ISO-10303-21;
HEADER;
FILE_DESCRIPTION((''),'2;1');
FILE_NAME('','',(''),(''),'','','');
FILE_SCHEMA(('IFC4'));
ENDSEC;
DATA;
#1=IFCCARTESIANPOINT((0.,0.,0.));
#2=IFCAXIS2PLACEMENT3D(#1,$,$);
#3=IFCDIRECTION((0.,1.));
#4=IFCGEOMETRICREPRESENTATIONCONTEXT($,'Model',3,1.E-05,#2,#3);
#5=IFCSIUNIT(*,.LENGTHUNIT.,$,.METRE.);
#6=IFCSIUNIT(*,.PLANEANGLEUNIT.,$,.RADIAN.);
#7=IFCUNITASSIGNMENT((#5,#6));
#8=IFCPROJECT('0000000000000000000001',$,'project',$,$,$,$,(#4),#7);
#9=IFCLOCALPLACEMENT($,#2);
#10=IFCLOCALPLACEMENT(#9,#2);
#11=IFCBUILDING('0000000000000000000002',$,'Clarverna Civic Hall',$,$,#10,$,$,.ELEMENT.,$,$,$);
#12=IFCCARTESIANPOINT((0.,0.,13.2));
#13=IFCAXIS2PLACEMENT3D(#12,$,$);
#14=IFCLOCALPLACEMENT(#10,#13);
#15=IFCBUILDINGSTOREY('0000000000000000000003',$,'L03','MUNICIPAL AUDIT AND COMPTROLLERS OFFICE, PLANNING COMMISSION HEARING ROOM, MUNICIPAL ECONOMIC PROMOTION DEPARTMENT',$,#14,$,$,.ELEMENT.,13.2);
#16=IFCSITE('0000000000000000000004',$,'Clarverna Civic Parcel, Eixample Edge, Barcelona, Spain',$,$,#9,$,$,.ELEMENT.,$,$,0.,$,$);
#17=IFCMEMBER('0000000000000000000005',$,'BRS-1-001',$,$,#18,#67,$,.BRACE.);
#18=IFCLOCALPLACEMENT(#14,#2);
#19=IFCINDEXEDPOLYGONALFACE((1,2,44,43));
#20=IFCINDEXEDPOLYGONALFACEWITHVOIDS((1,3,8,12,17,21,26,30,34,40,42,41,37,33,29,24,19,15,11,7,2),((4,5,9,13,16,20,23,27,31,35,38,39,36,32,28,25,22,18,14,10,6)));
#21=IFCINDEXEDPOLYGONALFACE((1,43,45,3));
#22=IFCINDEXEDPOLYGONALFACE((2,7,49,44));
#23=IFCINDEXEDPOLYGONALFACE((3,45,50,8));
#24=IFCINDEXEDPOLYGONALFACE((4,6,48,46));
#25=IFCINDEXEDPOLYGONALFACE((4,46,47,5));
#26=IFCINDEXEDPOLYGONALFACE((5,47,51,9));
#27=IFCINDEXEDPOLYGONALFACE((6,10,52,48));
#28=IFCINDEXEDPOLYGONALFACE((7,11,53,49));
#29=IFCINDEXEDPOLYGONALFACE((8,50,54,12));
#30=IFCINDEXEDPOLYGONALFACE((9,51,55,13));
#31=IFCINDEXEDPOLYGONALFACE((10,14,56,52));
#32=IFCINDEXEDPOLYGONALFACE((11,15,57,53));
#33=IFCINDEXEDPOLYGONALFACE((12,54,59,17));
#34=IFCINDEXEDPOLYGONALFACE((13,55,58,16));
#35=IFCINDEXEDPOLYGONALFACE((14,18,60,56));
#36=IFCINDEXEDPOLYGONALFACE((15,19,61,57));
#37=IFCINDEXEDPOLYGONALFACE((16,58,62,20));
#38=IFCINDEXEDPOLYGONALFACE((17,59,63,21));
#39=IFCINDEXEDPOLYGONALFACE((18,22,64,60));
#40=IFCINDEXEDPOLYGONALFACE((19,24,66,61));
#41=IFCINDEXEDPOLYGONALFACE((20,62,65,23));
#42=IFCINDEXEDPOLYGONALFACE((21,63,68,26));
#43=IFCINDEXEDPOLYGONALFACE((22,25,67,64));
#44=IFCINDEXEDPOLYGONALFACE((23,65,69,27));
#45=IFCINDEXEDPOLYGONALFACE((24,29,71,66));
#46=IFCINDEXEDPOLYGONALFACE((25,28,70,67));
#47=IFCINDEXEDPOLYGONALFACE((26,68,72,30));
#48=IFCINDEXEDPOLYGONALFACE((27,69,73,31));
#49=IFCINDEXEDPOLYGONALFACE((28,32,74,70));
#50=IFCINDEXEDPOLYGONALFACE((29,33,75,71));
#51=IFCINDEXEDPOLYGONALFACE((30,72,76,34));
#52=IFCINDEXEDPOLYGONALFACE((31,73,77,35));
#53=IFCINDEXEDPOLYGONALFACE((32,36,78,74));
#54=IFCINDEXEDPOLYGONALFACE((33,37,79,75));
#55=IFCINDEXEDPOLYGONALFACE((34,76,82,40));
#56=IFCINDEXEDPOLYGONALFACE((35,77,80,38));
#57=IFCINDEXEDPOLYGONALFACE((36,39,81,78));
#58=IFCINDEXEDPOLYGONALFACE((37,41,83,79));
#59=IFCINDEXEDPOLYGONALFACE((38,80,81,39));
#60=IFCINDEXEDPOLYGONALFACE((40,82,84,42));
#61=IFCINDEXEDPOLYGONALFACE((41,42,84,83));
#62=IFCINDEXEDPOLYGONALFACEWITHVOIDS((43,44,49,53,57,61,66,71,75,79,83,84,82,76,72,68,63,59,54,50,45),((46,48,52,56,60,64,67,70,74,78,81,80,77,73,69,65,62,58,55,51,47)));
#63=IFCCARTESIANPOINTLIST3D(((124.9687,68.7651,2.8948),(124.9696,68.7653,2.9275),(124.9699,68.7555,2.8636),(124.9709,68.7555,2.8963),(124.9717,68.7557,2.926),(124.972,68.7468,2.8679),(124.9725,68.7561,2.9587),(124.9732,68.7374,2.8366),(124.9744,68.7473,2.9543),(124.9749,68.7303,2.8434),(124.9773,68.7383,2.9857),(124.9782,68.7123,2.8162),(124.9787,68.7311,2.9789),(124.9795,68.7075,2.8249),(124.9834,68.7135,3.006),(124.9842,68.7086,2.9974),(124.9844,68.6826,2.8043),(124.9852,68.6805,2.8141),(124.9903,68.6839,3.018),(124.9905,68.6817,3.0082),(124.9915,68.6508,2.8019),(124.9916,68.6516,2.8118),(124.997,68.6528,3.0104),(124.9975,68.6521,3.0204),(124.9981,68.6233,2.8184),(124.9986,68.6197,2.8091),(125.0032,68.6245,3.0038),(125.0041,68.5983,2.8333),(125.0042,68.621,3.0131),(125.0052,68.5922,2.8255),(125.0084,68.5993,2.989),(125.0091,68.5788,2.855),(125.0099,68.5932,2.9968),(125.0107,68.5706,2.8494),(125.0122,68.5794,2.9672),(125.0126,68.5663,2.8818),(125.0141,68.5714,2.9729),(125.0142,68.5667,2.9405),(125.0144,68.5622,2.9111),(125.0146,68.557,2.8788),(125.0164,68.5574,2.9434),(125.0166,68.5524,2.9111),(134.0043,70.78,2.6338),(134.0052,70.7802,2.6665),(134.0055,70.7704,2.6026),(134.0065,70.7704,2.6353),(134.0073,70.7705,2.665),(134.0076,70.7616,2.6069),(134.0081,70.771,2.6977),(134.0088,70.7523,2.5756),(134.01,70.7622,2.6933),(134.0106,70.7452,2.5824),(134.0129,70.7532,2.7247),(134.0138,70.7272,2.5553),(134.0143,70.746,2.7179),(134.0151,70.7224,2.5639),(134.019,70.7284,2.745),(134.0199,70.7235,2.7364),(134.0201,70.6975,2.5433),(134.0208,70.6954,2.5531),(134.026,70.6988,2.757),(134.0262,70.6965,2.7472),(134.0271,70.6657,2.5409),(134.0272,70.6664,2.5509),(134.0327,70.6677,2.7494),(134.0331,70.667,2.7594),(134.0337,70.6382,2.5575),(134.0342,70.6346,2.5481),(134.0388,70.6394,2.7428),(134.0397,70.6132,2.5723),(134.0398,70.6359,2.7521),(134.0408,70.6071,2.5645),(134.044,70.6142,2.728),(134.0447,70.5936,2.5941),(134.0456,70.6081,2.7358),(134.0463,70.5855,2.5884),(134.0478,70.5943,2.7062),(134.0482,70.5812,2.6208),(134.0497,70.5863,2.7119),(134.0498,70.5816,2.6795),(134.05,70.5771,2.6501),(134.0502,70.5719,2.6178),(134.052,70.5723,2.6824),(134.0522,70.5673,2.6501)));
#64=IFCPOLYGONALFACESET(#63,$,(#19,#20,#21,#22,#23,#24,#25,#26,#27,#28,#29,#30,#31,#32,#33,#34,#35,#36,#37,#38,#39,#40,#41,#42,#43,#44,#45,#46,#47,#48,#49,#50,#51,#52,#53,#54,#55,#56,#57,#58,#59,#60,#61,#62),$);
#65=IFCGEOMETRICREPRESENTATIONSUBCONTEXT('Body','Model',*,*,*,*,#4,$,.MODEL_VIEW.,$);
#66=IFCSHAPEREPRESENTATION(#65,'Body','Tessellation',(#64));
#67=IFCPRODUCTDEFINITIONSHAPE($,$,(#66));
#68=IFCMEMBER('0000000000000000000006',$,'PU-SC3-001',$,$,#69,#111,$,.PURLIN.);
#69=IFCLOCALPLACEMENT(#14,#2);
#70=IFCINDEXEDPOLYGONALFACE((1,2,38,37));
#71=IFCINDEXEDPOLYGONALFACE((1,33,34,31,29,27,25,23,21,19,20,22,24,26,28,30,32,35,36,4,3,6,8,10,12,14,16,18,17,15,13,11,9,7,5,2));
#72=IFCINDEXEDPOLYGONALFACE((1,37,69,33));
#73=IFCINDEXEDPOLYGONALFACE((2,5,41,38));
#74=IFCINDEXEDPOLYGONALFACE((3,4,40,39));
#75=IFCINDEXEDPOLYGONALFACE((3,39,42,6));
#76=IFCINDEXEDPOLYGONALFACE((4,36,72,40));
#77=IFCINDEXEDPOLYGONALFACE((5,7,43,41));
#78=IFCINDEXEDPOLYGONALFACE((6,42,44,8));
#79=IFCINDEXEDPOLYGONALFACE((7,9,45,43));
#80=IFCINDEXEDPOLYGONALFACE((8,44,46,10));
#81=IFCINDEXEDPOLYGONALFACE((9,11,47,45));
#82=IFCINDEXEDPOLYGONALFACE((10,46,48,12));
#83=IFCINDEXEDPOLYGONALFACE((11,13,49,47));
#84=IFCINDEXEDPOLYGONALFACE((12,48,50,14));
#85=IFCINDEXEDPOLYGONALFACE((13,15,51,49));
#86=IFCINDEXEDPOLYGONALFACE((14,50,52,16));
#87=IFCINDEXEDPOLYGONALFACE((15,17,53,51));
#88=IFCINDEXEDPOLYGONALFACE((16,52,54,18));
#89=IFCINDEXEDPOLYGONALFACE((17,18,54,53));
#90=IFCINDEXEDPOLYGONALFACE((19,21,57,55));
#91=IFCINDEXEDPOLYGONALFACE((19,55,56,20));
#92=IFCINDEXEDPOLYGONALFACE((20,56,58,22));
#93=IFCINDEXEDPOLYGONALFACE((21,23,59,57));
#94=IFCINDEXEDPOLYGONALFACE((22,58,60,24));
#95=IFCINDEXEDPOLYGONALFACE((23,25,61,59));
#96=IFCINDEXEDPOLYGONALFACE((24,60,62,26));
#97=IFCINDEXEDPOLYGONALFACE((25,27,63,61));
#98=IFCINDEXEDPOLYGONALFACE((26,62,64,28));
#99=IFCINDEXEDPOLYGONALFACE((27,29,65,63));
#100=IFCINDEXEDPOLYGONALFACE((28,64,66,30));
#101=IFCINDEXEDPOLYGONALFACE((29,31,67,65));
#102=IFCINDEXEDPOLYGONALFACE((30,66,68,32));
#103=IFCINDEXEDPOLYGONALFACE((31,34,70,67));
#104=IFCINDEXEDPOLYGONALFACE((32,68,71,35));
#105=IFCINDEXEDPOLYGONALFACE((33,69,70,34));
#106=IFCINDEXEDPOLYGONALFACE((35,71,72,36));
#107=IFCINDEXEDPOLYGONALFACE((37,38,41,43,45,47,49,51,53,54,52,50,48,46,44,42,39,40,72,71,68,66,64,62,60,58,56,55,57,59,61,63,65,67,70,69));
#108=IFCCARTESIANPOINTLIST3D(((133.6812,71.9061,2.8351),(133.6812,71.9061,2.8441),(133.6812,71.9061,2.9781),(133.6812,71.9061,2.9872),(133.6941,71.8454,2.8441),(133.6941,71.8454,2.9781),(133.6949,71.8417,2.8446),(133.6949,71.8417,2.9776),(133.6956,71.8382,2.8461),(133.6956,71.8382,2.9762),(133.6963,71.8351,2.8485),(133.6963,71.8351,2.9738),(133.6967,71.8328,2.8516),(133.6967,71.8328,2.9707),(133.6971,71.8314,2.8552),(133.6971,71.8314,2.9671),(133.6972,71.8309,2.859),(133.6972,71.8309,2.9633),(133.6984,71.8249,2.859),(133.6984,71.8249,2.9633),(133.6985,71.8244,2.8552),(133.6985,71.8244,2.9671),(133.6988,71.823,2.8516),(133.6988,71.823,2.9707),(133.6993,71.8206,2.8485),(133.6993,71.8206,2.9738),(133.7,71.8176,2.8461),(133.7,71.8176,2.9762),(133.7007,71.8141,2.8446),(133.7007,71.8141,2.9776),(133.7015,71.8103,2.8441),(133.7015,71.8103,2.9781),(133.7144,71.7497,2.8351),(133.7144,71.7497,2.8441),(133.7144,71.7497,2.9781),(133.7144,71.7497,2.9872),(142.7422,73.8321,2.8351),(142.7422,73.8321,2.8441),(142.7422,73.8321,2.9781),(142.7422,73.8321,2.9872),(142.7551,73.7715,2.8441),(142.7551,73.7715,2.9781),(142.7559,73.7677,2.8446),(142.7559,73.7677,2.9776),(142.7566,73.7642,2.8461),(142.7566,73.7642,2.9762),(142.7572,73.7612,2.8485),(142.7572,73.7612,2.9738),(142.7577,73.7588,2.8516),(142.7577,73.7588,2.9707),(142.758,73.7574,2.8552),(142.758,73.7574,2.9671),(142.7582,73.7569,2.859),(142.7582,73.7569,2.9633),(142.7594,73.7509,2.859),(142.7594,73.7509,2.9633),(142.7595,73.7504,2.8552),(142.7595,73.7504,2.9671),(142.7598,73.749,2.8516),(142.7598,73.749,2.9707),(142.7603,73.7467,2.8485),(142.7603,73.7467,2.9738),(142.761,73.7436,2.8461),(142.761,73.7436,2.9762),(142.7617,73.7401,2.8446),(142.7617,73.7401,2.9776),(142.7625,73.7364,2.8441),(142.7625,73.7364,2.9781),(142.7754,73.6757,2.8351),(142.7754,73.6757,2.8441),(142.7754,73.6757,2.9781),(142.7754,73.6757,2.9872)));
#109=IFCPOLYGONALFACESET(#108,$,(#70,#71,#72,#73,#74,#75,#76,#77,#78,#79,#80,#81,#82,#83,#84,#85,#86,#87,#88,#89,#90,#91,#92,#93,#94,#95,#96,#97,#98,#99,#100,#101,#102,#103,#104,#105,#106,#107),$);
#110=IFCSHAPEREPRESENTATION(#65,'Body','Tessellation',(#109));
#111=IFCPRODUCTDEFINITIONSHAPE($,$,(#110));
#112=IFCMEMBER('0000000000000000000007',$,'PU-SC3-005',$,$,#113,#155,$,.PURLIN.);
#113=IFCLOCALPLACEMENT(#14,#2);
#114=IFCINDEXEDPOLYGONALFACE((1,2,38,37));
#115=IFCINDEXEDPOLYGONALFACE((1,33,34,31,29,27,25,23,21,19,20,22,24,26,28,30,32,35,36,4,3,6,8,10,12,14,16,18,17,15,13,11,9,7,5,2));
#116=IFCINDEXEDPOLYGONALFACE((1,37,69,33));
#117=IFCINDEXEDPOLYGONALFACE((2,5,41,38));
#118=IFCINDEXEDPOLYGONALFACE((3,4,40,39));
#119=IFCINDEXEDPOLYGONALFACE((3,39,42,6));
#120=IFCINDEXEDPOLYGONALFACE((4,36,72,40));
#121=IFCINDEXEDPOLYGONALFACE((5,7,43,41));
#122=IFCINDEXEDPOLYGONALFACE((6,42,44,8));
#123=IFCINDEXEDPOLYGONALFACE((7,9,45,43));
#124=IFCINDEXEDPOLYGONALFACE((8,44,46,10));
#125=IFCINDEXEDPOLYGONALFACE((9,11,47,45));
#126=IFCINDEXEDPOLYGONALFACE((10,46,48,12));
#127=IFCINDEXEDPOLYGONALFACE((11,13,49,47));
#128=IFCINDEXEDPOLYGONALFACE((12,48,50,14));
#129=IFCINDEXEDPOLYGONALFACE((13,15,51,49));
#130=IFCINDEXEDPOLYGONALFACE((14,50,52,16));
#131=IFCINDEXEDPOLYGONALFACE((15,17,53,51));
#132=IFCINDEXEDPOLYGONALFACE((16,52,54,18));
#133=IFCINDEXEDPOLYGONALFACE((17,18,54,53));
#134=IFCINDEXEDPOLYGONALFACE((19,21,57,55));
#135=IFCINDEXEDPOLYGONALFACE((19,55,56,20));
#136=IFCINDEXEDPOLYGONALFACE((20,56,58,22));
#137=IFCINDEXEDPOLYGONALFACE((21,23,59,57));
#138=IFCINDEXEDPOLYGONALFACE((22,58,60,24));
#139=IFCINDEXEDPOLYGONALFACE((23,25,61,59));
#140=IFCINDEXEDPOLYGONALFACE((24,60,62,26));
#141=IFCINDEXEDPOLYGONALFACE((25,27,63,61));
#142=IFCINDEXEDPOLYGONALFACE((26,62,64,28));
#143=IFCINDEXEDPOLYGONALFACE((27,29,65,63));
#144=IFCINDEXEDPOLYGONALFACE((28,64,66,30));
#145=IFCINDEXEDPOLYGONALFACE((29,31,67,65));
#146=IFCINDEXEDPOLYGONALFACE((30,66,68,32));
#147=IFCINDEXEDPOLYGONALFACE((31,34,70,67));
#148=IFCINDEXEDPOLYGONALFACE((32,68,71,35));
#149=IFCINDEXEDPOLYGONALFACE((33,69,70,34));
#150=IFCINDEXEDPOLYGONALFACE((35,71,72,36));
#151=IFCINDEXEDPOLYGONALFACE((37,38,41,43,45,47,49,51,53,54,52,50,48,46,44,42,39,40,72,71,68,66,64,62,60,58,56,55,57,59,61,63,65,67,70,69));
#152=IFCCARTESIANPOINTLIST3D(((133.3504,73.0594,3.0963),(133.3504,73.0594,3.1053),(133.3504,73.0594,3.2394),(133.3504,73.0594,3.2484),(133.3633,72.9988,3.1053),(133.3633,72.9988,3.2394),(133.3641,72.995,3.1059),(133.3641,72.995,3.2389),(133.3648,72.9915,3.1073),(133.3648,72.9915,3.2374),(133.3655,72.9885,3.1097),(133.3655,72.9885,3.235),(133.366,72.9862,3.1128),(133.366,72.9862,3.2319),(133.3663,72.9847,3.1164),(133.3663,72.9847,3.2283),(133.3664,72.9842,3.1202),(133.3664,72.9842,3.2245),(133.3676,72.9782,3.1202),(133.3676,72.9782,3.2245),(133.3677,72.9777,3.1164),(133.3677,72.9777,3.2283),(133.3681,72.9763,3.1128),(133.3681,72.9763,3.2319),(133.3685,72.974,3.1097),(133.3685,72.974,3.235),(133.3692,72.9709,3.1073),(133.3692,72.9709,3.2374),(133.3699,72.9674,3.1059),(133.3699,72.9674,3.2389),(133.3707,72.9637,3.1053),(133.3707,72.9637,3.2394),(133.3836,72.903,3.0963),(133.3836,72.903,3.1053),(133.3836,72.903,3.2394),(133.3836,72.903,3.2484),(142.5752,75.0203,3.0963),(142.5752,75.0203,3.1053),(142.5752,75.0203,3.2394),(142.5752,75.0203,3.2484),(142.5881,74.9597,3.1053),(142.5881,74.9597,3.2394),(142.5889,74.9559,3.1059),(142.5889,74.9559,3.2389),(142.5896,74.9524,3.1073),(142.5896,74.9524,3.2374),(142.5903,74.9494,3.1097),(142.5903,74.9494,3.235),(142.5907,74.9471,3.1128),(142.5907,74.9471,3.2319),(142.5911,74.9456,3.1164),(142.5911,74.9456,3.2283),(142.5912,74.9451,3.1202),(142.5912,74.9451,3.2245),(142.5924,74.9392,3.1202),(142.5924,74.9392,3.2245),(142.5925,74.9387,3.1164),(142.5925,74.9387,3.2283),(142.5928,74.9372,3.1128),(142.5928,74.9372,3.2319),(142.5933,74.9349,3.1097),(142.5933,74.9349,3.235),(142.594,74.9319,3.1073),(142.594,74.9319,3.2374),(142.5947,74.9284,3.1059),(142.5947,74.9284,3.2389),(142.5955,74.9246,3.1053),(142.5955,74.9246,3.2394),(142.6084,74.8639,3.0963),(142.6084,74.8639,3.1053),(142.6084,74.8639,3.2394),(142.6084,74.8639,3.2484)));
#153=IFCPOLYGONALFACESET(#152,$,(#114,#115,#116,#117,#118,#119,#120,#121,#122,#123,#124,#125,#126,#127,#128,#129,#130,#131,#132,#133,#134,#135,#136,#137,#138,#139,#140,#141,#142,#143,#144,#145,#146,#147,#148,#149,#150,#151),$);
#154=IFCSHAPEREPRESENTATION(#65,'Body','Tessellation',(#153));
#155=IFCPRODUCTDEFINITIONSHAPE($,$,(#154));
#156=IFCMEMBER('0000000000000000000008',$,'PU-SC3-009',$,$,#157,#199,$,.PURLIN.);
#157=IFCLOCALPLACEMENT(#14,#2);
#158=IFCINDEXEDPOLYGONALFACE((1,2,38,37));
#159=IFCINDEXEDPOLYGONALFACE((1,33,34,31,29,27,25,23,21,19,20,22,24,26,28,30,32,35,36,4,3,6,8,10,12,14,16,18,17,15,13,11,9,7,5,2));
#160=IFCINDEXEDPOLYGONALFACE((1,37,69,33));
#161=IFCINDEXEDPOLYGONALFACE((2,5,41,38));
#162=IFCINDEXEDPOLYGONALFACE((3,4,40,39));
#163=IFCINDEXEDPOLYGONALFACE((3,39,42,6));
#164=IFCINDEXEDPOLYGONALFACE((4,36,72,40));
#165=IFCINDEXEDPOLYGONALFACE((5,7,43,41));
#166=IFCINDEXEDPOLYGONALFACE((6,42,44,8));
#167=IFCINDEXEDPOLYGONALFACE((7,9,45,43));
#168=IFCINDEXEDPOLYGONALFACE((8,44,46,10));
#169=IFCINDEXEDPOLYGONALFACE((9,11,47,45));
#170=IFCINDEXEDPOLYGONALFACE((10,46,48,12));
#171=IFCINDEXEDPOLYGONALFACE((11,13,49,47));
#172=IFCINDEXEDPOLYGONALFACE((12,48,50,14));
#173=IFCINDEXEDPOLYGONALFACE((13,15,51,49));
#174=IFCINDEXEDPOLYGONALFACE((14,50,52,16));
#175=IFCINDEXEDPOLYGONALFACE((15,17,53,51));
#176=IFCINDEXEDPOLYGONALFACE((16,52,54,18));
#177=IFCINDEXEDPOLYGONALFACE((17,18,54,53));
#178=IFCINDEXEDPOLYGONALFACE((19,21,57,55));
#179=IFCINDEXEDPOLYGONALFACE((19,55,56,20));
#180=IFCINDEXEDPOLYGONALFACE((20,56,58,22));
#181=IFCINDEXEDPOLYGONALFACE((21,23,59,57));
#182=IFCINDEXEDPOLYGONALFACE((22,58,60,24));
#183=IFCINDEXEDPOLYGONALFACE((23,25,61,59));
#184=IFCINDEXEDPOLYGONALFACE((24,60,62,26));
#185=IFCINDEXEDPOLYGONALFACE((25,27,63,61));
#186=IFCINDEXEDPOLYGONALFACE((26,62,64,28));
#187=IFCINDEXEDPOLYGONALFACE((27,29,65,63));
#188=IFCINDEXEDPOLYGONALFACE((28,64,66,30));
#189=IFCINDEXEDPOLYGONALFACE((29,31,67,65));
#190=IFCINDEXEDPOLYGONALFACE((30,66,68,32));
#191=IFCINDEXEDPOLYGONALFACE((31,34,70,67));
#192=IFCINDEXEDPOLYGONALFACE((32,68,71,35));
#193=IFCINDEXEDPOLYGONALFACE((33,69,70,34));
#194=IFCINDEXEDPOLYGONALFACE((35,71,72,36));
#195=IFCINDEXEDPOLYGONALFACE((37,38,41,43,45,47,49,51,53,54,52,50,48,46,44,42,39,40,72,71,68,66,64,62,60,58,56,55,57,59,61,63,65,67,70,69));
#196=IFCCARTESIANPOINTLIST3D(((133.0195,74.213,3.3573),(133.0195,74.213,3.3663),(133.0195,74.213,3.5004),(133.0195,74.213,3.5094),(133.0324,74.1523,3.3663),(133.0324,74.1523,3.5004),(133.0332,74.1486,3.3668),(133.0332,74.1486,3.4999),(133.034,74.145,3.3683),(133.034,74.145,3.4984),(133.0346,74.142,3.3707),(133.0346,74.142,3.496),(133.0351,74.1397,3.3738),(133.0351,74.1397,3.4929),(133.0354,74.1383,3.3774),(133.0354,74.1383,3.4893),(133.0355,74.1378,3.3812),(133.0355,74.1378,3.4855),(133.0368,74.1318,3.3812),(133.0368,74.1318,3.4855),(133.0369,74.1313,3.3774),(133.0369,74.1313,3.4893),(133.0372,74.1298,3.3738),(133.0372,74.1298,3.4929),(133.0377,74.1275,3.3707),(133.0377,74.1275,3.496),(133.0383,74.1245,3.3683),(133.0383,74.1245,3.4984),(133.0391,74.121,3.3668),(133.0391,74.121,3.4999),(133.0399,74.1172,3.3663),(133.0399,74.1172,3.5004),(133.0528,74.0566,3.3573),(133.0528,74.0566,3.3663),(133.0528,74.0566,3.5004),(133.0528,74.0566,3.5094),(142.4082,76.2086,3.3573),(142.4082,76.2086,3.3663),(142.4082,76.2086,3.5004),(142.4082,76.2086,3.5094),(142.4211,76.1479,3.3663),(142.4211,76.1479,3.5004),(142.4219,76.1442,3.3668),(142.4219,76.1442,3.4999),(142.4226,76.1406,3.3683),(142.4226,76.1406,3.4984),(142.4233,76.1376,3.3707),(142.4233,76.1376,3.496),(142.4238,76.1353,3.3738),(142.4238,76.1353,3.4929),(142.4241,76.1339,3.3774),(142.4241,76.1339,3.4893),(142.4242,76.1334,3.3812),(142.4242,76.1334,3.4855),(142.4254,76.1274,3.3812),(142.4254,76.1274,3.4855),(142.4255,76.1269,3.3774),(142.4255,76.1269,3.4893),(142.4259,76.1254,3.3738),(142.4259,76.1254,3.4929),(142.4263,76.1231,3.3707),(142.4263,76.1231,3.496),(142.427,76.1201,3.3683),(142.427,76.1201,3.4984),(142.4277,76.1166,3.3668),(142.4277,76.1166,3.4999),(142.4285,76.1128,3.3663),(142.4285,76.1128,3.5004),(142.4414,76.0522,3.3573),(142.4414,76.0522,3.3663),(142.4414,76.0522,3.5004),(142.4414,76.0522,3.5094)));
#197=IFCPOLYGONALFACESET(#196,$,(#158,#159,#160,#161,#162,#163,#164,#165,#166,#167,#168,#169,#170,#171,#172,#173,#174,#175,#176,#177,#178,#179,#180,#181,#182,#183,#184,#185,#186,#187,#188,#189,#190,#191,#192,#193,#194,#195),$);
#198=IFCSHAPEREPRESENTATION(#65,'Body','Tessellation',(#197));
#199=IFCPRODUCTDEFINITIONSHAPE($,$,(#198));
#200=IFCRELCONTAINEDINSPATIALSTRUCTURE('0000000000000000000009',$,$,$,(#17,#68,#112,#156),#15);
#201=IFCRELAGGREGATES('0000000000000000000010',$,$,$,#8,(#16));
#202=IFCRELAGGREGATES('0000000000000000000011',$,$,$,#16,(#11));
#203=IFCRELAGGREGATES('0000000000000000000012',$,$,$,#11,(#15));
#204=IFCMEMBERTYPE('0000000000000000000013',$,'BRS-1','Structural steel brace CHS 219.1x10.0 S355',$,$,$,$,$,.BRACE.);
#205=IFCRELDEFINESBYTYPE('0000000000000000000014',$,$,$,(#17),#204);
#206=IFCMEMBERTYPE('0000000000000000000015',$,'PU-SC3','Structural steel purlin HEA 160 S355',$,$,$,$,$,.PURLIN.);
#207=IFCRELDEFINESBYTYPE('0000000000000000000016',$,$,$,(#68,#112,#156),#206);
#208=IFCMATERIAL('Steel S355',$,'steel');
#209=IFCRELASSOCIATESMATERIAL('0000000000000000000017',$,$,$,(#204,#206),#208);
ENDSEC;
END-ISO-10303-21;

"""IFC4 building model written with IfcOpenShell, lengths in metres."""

from ifc_helpers import new_model, si_unit, direction, frame, origin, origin_2d, place, context, subcontext, project, spatial, hollow_circle, i_section, extrude, material, material_profile, profile_set, type_object, element, save


model = new_model("IFC4")

# Units and contexts
model_context = context("Model", 3, precision=1e-05, world=origin(), true_north=direction((0.0, 1.0)))
body_context = subcontext(model_context, "Body", "Model", "MODEL_VIEW")
ifc_project = project(units=[si_unit("LENGTHUNIT", "METRE"), si_unit("PLANEANGLEUNIT", "RADIAN")], contexts=[model_context])

# Site, building, storey
site_placement = place(None, origin())
site = spatial("IfcSite", under=ifc_project, at=site_placement, Name="Clarverna Civic Parcel, Eixample Edge, Barcelona, Spain", CompositionType="ELEMENT", RefElevation=0.0)
building_placement = place(site_placement, origin())
building = spatial("IfcBuilding", under=site, at=building_placement, Name="Clarverna Civic Hall", CompositionType="ELEMENT")
storey_placement = place(building_placement, frame((0.0, 0.0, 13.2)))
storey = spatial("IfcBuildingStorey", under=building, at=storey_placement, Name="L03", Description="MUNICIPAL AUDIT AND COMPTROLLERS OFFICE, PLANNING COMMISSION HEARING ROOM, MUNICIPAL ECONOMIC PROMOTION DEPARTMENT", CompositionType="ELEMENT", Elevation=13.2)

# Members
ifc_material_1 = material(Name="Steel S355", Category="steel")
ifc_material_profile_1 = material_profile(ifc_material_1, hollow_circle(Radius=0.1096, WallThickness=0.01, at=origin_2d()), Name="CHS 219.1x10.0")
ifc_profile_set_1 = profile_set([ifc_material_profile_1], Name="Steel S355")
member_type_1 = type_object("IfcMemberType", Name="BRS-1", Description="Structural steel brace CHS 219.1x10.0 S355", PredefinedType="BRACE", material=ifc_profile_set_1)
member_1_placement = place(storey_placement, frame((134.0283, 70.6743, 2.6501), z_axis=(-0.97564, -0.217562, 0.02818), x_axis=(0.217648, -0.976027, 0.0)))
element("IfcMember", 1, at=member_1_placement, inside=storey, type_object=member_type_1, Name="BRS-1-001", PredefinedType="BRACE", context=body_context, shape_type="SweptSolid", body=[
    extrude(hollow_circle(Radius=0.1096, WallThickness=0.01, at=origin_2d()), origin(), (0.0, 0.0, 1.0), 9.2612),
])
ifc_material_profile_2 = material_profile(ifc_material_1, i_section(OverallWidth=0.1599, OverallDepth=0.1521, WebThickness=0.0061, FlangeThickness=0.009, FilletRadius=0.0149, at=origin_2d()), Name="HEA 160")
ifc_profile_set_2 = profile_set([ifc_material_profile_2], Name="Steel S355")
member_type_2 = type_object("IfcMemberType", Name="PU-SC3", Description="Structural steel purlin HEA 160 S355", PredefinedType="PURLIN", material=ifc_profile_set_2)
member_2_placement = place(storey_placement, frame((142.7588, 73.7539, 2.9111), z_axis=(-0.978147, -0.207916, 0.0), x_axis=(0.207916, -0.978147, 0.0)))
element("IfcMember", 2, at=member_2_placement, inside=storey, type_object=member_type_2, Name="PU-SC3-001", PredefinedType="PURLIN", context=body_context, shape_type="SweptSolid", body=[
    extrude(i_section(OverallWidth=0.1599, OverallDepth=0.1521, WebThickness=0.0061, FlangeThickness=0.009, FilletRadius=0.0149, at=origin_2d()), origin(), (0.0, 0.0, 1.0), 9.2634),
])
member_3_placement = place(storey_placement, frame((142.5918, 74.9421, 3.1724), z_axis=(-0.978145, -0.207925, 0.0), x_axis=(0.207925, -0.978145, 0.0)))
element("IfcMember", 3, at=member_3_placement, inside=storey, type_object=member_type_2, Name="PU-SC3-005", PredefinedType="PURLIN", context=body_context, shape_type="SweptSolid", body=[
    extrude(i_section(OverallWidth=0.1599, OverallDepth=0.1521, WebThickness=0.0061, FlangeThickness=0.009, FilletRadius=0.0149, at=origin_2d()), origin(), (0.0, 0.0, 1.0), 9.4309),
])
member_4_placement = place(storey_placement, frame((142.4248, 76.1304, 3.4333), z_axis=(-0.978148, -0.20791, 0.0), x_axis=(0.20791, -0.978148, 0.0)))
element("IfcMember", 4, at=member_4_placement, inside=storey, type_object=member_type_2, Name="PU-SC3-009", PredefinedType="PURLIN", context=body_context, shape_type="SweptSolid", body=[
    extrude(i_section(OverallWidth=0.1599, OverallDepth=0.1521, WebThickness=0.0061, FlangeThickness=0.009, FilletRadius=0.0149, at=origin_2d()), origin(), (0.0, 0.0, 1.0), 9.5984),
])

save(model, "model.ifc")
